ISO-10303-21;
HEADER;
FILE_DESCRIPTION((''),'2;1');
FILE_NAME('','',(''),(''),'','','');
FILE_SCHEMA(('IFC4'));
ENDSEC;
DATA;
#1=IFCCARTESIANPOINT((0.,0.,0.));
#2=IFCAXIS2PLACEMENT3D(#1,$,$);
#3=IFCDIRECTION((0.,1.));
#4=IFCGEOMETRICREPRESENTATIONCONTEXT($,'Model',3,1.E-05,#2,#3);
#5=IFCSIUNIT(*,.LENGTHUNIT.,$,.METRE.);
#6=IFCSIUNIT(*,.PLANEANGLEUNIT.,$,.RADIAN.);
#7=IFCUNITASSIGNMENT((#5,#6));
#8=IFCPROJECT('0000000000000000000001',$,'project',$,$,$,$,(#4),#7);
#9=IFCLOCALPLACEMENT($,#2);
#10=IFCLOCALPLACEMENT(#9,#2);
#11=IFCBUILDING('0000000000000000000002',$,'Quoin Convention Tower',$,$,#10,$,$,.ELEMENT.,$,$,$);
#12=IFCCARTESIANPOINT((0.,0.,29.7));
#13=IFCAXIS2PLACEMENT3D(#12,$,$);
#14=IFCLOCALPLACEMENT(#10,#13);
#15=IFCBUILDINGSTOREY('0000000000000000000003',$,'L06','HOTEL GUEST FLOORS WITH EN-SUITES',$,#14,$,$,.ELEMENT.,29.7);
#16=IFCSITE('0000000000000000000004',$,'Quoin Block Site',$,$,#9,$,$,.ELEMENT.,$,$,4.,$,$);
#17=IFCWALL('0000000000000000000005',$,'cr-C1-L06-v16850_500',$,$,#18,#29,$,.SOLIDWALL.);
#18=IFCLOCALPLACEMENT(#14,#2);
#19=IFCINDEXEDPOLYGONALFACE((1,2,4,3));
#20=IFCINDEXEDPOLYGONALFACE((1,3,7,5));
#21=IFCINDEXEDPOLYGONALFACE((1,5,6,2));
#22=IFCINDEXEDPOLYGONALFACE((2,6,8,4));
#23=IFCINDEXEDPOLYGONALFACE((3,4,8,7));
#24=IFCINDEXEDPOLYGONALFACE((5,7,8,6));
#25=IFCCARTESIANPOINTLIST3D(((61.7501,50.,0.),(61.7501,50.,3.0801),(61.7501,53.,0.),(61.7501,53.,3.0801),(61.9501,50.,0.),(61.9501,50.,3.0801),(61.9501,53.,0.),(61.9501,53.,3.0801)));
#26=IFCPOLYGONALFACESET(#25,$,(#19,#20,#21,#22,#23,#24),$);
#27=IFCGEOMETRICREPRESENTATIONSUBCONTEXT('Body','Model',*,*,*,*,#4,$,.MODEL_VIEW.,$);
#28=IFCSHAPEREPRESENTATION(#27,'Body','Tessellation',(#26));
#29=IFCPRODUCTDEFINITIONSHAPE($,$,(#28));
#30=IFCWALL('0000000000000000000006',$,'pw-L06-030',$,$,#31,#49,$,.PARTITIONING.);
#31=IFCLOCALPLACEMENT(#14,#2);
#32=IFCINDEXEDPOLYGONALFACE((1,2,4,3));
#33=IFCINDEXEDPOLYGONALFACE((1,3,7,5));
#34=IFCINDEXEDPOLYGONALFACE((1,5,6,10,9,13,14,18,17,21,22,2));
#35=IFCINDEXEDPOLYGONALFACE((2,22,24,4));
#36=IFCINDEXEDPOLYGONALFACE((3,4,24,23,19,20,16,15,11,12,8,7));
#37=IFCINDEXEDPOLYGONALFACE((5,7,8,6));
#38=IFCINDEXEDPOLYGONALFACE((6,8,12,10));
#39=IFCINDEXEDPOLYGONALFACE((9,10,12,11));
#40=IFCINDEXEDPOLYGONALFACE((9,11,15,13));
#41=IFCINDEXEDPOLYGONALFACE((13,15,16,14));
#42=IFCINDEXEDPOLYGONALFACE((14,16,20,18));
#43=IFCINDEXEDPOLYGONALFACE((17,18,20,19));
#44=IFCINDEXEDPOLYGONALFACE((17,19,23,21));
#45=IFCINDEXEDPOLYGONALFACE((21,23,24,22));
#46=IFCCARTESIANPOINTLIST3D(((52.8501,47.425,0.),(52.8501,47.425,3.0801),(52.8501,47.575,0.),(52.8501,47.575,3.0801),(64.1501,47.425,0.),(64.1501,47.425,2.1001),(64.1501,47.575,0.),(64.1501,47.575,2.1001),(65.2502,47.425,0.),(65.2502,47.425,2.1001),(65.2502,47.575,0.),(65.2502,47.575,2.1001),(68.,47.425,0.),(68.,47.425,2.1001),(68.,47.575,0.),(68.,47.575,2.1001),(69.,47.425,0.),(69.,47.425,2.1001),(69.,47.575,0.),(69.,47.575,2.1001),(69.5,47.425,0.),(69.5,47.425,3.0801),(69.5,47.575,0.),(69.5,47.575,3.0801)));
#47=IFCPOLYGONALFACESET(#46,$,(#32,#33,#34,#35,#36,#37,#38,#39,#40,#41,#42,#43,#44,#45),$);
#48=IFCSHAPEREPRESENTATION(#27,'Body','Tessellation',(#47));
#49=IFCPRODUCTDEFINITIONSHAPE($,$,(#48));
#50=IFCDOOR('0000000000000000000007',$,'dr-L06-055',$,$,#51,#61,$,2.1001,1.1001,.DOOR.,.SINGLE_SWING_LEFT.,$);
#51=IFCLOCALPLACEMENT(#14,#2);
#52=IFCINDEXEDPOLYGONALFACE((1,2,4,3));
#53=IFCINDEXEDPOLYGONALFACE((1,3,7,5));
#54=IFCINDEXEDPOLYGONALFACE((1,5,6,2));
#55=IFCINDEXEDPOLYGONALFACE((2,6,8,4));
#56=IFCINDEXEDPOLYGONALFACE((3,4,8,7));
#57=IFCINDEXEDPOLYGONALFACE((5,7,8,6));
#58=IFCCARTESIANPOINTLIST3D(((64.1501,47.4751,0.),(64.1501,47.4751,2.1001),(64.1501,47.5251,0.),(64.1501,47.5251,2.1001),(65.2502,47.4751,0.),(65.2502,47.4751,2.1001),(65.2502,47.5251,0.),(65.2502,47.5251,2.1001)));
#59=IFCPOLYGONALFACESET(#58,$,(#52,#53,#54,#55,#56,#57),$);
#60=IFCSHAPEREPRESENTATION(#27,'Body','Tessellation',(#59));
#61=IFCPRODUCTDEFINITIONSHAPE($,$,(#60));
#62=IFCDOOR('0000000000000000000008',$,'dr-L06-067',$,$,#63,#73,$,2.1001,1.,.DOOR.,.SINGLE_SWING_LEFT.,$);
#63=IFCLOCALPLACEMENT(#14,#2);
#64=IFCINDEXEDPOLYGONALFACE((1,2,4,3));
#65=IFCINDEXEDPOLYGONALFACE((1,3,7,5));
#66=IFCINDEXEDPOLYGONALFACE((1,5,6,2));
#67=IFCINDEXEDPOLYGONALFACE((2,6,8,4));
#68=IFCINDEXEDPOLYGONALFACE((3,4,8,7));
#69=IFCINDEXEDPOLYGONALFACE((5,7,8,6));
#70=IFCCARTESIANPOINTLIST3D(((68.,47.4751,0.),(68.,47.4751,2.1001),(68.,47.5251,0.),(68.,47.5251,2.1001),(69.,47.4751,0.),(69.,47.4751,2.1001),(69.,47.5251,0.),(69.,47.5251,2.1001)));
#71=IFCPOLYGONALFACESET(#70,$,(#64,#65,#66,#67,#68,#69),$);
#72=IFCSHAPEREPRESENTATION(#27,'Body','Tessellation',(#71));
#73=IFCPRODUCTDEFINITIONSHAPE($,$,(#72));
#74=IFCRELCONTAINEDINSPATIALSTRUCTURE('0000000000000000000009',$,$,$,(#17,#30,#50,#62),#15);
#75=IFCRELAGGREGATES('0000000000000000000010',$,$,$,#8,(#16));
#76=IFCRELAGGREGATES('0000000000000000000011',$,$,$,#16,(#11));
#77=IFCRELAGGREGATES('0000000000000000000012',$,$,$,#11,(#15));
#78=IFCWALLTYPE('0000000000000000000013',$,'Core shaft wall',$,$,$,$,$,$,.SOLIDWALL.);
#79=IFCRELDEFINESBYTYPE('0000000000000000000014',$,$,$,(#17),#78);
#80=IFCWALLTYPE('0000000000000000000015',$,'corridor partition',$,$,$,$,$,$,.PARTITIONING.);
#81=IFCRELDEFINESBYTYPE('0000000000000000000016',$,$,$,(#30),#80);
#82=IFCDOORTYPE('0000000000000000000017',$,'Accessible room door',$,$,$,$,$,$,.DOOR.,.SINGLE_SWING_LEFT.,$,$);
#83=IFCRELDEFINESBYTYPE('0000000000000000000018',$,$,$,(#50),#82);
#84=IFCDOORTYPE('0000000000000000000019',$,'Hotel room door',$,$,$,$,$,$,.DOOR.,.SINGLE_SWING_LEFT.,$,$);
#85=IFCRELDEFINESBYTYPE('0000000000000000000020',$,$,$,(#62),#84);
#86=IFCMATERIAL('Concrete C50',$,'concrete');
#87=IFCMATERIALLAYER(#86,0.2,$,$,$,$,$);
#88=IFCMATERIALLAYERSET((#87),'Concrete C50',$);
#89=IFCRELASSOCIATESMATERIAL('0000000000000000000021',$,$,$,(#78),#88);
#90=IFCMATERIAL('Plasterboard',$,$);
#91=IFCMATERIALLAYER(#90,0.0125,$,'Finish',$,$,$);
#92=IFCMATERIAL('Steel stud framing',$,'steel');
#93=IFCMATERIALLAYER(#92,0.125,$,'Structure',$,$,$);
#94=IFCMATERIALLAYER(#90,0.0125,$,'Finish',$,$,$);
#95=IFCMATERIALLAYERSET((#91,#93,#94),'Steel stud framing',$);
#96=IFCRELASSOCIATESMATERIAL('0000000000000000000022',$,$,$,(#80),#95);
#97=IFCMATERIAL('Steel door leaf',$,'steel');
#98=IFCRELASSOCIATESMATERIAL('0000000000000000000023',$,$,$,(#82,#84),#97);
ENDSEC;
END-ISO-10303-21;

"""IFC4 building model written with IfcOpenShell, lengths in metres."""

from ifc_helpers import new_model, si_unit, direction, frame, frame_2d, origin, place, context, subcontext, project, spatial, rectangle, extrude, material, layer, layer_set, type_object, element, fill, save


model = new_model("IFC4")

# Units and contexts
model_context = context("Model", 3, precision=1e-05, world=origin(), true_north=direction((0.0, 1.0)))
body_context = subcontext(model_context, "Body", "Model", "MODEL_VIEW")
ifc_project = project(units=[si_unit("LENGTHUNIT", "METRE"), si_unit("PLANEANGLEUNIT", "RADIAN")], contexts=[model_context])

# Site, building, storey
site_placement = place(None, origin())
site = spatial("IfcSite", under=ifc_project, at=site_placement, Name="Quoin Block Site", CompositionType="ELEMENT", RefElevation=4.0)
building_placement = place(site_placement, origin())
building = spatial("IfcBuilding", under=site, at=building_placement, Name="Quoin Convention Tower", CompositionType="ELEMENT")
storey_placement = place(building_placement, frame((0.0, 0.0, 29.7)))
storey = spatial("IfcBuildingStorey", under=building, at=storey_placement, Name="L06", Description="HOTEL GUEST FLOORS WITH EN-SUITES", CompositionType="ELEMENT", Elevation=29.7)

# Shared definitions
ifc_material_1 = material(Name="Plasterboard")
ifc_material_2 = material(Name="Steel stud framing", Category="steel")
ifc_material_3 = material(Name="Steel door leaf", Category="steel")

# Shared definitions
ifc_material_4 = material(Name="Concrete C50", Category="concrete")
ifc_layer_1 = layer(ifc_material_4, 0.2)
ifc_layer_set_1 = layer_set([ifc_layer_1], Name="Concrete C50")
wall_type_1 = type_object("IfcWallType", Name="Core shaft wall", PredefinedType="SOLIDWALL", material=ifc_layer_set_1)

# Wall
for number, where, z_axis, x_axis, name in (
    (1, (61.8501, 50.0, 0.0), (0.0, 0.0, 1.0), (0.0, 1.0, 0.0), "cr-C1-L06-v16850_500"),
):
    element("IfcWall", number, at=place(storey_placement, frame(where, z_axis=z_axis, x_axis=x_axis)), inside=storey, type_object=wall_type_1, Name=name, PredefinedType="SOLIDWALL", context=body_context, shape_type="SweptSolid", body=[
        extrude(rectangle(XDim=3.0, YDim=0.2, at=frame_2d((1.5, 0.0))), origin(), (0.0, 0.0, 1.0), 3.0801),
    ])

# Wall, openings, doors
ifc_layer_2 = layer(ifc_material_1, 0.0125, Name="Finish")
ifc_layer_3 = layer(ifc_material_2, 0.125, Name="Structure")
ifc_layer_4 = layer(ifc_material_1, 0.0125, Name="Finish")
ifc_layer_set_2 = layer_set([ifc_layer_2, ifc_layer_3, ifc_layer_4], Name="Steel stud framing")
wall_type_2 = type_object("IfcWallType", Name="corridor partition", PredefinedType="PARTITIONING", material=ifc_layer_set_2)
wall_1_placement = place(storey_placement, frame((52.8501, 47.5, 0.0), z_axis=(0.0, 0.0, 1.0), x_axis=(1.0, 0.0, 0.0)))
wall_1 = element("IfcWall", 2, at=wall_1_placement, inside=storey, type_object=wall_type_2, Name="pw-L06-030", PredefinedType="PARTITIONING", context=body_context, shape_type="SweptSolid", body=[
    extrude(rectangle(XDim=16.6499, YDim=0.1499, at=frame_2d((8.325, 0.0))), origin(), (0.0, 0.0, 1.0), 3.0801),
])
opening_1_placement = place(wall_1_placement, frame((11.3, 0.0, 0.0)))
opening_1 = element("IfcOpeningElement", 3, at=opening_1_placement, cuts=wall_1, PredefinedType="OPENING", context=body_context, shape_type="SweptSolid", body=[
    extrude(rectangle(XDim=1.1001, YDim=2.1001, at=frame_2d((0.55, 1.05))), frame((0.0, 0.085, 0.0), z_axis=(0.0, -1.0, 0.0), x_axis=(1.0, 0.0, 0.0)), (0.0, 0.0, 1.0), 0.1699),
])
opening_2_placement = place(wall_1_placement, frame((15.1499, 0.0, 0.0)))
opening_2 = element("IfcOpeningElement", 4, at=opening_2_placement, cuts=wall_1, PredefinedType="OPENING", context=body_context, shape_type="SweptSolid", body=[
    extrude(rectangle(XDim=1.0, YDim=2.1001, at=frame_2d((0.5, 1.05))), frame((0.0, 0.085, 0.0), z_axis=(0.0, -1.0, 0.0), x_axis=(1.0, 0.0, 0.0)), (0.0, 0.0, 1.0), 0.1699),
])
door_type_1 = type_object("IfcDoorType", Name="Accessible room door", OperationType="SINGLE_SWING_LEFT", PredefinedType="DOOR", material=ifc_material_3)
door_1_placement = place(opening_1_placement, frame((1.1001, 0.0, 0.0), z_axis=(0.0, 0.0, 1.0), x_axis=(-1.0, 0.0, 0.0)))
door_1 = element("IfcDoor", 5, at=door_1_placement, inside=storey, type_object=door_type_1, Name="dr-L06-055", OperationType="SINGLE_SWING_LEFT", OverallHeight=2.1001, OverallWidth=1.1001, PredefinedType="DOOR", context=body_context, shape_type="SweptSolid", body=[
    extrude(rectangle(XDim=1.1001, YDim=2.1001, at=frame_2d((0.55, 1.05))), frame((0.0, 0.0249, 0.0), z_axis=(0.0, -1.0, 0.0), x_axis=(1.0, 0.0, 0.0)), (0.0, 0.0, 1.0), 0.05),
])
fill(opening_1, door_1)
door_type_2 = type_object("IfcDoorType", Name="Hotel room door", OperationType="SINGLE_SWING_LEFT", PredefinedType="DOOR", material=ifc_material_3)
door_2_placement = place(opening_2_placement, frame((1.0, 0.0, 0.0), z_axis=(0.0, 0.0, 1.0), x_axis=(-1.0, 0.0, 0.0)))
door_2 = element("IfcDoor", 6, at=door_2_placement, inside=storey, type_object=door_type_2, Name="dr-L06-067", OperationType="SINGLE_SWING_LEFT", OverallHeight=2.1001, OverallWidth=1.0, PredefinedType="DOOR", context=body_context, shape_type="SweptSolid", body=[
    extrude(rectangle(XDim=1.0, YDim=2.1001, at=frame_2d((0.5, 1.05))), frame((0.0, 0.0249, 0.0), z_axis=(0.0, -1.0, 0.0), x_axis=(1.0, 0.0, 0.0)), (0.0, 0.0, 1.0), 0.05),
])
fill(opening_2, door_2)

save(model, "model.ifc")
